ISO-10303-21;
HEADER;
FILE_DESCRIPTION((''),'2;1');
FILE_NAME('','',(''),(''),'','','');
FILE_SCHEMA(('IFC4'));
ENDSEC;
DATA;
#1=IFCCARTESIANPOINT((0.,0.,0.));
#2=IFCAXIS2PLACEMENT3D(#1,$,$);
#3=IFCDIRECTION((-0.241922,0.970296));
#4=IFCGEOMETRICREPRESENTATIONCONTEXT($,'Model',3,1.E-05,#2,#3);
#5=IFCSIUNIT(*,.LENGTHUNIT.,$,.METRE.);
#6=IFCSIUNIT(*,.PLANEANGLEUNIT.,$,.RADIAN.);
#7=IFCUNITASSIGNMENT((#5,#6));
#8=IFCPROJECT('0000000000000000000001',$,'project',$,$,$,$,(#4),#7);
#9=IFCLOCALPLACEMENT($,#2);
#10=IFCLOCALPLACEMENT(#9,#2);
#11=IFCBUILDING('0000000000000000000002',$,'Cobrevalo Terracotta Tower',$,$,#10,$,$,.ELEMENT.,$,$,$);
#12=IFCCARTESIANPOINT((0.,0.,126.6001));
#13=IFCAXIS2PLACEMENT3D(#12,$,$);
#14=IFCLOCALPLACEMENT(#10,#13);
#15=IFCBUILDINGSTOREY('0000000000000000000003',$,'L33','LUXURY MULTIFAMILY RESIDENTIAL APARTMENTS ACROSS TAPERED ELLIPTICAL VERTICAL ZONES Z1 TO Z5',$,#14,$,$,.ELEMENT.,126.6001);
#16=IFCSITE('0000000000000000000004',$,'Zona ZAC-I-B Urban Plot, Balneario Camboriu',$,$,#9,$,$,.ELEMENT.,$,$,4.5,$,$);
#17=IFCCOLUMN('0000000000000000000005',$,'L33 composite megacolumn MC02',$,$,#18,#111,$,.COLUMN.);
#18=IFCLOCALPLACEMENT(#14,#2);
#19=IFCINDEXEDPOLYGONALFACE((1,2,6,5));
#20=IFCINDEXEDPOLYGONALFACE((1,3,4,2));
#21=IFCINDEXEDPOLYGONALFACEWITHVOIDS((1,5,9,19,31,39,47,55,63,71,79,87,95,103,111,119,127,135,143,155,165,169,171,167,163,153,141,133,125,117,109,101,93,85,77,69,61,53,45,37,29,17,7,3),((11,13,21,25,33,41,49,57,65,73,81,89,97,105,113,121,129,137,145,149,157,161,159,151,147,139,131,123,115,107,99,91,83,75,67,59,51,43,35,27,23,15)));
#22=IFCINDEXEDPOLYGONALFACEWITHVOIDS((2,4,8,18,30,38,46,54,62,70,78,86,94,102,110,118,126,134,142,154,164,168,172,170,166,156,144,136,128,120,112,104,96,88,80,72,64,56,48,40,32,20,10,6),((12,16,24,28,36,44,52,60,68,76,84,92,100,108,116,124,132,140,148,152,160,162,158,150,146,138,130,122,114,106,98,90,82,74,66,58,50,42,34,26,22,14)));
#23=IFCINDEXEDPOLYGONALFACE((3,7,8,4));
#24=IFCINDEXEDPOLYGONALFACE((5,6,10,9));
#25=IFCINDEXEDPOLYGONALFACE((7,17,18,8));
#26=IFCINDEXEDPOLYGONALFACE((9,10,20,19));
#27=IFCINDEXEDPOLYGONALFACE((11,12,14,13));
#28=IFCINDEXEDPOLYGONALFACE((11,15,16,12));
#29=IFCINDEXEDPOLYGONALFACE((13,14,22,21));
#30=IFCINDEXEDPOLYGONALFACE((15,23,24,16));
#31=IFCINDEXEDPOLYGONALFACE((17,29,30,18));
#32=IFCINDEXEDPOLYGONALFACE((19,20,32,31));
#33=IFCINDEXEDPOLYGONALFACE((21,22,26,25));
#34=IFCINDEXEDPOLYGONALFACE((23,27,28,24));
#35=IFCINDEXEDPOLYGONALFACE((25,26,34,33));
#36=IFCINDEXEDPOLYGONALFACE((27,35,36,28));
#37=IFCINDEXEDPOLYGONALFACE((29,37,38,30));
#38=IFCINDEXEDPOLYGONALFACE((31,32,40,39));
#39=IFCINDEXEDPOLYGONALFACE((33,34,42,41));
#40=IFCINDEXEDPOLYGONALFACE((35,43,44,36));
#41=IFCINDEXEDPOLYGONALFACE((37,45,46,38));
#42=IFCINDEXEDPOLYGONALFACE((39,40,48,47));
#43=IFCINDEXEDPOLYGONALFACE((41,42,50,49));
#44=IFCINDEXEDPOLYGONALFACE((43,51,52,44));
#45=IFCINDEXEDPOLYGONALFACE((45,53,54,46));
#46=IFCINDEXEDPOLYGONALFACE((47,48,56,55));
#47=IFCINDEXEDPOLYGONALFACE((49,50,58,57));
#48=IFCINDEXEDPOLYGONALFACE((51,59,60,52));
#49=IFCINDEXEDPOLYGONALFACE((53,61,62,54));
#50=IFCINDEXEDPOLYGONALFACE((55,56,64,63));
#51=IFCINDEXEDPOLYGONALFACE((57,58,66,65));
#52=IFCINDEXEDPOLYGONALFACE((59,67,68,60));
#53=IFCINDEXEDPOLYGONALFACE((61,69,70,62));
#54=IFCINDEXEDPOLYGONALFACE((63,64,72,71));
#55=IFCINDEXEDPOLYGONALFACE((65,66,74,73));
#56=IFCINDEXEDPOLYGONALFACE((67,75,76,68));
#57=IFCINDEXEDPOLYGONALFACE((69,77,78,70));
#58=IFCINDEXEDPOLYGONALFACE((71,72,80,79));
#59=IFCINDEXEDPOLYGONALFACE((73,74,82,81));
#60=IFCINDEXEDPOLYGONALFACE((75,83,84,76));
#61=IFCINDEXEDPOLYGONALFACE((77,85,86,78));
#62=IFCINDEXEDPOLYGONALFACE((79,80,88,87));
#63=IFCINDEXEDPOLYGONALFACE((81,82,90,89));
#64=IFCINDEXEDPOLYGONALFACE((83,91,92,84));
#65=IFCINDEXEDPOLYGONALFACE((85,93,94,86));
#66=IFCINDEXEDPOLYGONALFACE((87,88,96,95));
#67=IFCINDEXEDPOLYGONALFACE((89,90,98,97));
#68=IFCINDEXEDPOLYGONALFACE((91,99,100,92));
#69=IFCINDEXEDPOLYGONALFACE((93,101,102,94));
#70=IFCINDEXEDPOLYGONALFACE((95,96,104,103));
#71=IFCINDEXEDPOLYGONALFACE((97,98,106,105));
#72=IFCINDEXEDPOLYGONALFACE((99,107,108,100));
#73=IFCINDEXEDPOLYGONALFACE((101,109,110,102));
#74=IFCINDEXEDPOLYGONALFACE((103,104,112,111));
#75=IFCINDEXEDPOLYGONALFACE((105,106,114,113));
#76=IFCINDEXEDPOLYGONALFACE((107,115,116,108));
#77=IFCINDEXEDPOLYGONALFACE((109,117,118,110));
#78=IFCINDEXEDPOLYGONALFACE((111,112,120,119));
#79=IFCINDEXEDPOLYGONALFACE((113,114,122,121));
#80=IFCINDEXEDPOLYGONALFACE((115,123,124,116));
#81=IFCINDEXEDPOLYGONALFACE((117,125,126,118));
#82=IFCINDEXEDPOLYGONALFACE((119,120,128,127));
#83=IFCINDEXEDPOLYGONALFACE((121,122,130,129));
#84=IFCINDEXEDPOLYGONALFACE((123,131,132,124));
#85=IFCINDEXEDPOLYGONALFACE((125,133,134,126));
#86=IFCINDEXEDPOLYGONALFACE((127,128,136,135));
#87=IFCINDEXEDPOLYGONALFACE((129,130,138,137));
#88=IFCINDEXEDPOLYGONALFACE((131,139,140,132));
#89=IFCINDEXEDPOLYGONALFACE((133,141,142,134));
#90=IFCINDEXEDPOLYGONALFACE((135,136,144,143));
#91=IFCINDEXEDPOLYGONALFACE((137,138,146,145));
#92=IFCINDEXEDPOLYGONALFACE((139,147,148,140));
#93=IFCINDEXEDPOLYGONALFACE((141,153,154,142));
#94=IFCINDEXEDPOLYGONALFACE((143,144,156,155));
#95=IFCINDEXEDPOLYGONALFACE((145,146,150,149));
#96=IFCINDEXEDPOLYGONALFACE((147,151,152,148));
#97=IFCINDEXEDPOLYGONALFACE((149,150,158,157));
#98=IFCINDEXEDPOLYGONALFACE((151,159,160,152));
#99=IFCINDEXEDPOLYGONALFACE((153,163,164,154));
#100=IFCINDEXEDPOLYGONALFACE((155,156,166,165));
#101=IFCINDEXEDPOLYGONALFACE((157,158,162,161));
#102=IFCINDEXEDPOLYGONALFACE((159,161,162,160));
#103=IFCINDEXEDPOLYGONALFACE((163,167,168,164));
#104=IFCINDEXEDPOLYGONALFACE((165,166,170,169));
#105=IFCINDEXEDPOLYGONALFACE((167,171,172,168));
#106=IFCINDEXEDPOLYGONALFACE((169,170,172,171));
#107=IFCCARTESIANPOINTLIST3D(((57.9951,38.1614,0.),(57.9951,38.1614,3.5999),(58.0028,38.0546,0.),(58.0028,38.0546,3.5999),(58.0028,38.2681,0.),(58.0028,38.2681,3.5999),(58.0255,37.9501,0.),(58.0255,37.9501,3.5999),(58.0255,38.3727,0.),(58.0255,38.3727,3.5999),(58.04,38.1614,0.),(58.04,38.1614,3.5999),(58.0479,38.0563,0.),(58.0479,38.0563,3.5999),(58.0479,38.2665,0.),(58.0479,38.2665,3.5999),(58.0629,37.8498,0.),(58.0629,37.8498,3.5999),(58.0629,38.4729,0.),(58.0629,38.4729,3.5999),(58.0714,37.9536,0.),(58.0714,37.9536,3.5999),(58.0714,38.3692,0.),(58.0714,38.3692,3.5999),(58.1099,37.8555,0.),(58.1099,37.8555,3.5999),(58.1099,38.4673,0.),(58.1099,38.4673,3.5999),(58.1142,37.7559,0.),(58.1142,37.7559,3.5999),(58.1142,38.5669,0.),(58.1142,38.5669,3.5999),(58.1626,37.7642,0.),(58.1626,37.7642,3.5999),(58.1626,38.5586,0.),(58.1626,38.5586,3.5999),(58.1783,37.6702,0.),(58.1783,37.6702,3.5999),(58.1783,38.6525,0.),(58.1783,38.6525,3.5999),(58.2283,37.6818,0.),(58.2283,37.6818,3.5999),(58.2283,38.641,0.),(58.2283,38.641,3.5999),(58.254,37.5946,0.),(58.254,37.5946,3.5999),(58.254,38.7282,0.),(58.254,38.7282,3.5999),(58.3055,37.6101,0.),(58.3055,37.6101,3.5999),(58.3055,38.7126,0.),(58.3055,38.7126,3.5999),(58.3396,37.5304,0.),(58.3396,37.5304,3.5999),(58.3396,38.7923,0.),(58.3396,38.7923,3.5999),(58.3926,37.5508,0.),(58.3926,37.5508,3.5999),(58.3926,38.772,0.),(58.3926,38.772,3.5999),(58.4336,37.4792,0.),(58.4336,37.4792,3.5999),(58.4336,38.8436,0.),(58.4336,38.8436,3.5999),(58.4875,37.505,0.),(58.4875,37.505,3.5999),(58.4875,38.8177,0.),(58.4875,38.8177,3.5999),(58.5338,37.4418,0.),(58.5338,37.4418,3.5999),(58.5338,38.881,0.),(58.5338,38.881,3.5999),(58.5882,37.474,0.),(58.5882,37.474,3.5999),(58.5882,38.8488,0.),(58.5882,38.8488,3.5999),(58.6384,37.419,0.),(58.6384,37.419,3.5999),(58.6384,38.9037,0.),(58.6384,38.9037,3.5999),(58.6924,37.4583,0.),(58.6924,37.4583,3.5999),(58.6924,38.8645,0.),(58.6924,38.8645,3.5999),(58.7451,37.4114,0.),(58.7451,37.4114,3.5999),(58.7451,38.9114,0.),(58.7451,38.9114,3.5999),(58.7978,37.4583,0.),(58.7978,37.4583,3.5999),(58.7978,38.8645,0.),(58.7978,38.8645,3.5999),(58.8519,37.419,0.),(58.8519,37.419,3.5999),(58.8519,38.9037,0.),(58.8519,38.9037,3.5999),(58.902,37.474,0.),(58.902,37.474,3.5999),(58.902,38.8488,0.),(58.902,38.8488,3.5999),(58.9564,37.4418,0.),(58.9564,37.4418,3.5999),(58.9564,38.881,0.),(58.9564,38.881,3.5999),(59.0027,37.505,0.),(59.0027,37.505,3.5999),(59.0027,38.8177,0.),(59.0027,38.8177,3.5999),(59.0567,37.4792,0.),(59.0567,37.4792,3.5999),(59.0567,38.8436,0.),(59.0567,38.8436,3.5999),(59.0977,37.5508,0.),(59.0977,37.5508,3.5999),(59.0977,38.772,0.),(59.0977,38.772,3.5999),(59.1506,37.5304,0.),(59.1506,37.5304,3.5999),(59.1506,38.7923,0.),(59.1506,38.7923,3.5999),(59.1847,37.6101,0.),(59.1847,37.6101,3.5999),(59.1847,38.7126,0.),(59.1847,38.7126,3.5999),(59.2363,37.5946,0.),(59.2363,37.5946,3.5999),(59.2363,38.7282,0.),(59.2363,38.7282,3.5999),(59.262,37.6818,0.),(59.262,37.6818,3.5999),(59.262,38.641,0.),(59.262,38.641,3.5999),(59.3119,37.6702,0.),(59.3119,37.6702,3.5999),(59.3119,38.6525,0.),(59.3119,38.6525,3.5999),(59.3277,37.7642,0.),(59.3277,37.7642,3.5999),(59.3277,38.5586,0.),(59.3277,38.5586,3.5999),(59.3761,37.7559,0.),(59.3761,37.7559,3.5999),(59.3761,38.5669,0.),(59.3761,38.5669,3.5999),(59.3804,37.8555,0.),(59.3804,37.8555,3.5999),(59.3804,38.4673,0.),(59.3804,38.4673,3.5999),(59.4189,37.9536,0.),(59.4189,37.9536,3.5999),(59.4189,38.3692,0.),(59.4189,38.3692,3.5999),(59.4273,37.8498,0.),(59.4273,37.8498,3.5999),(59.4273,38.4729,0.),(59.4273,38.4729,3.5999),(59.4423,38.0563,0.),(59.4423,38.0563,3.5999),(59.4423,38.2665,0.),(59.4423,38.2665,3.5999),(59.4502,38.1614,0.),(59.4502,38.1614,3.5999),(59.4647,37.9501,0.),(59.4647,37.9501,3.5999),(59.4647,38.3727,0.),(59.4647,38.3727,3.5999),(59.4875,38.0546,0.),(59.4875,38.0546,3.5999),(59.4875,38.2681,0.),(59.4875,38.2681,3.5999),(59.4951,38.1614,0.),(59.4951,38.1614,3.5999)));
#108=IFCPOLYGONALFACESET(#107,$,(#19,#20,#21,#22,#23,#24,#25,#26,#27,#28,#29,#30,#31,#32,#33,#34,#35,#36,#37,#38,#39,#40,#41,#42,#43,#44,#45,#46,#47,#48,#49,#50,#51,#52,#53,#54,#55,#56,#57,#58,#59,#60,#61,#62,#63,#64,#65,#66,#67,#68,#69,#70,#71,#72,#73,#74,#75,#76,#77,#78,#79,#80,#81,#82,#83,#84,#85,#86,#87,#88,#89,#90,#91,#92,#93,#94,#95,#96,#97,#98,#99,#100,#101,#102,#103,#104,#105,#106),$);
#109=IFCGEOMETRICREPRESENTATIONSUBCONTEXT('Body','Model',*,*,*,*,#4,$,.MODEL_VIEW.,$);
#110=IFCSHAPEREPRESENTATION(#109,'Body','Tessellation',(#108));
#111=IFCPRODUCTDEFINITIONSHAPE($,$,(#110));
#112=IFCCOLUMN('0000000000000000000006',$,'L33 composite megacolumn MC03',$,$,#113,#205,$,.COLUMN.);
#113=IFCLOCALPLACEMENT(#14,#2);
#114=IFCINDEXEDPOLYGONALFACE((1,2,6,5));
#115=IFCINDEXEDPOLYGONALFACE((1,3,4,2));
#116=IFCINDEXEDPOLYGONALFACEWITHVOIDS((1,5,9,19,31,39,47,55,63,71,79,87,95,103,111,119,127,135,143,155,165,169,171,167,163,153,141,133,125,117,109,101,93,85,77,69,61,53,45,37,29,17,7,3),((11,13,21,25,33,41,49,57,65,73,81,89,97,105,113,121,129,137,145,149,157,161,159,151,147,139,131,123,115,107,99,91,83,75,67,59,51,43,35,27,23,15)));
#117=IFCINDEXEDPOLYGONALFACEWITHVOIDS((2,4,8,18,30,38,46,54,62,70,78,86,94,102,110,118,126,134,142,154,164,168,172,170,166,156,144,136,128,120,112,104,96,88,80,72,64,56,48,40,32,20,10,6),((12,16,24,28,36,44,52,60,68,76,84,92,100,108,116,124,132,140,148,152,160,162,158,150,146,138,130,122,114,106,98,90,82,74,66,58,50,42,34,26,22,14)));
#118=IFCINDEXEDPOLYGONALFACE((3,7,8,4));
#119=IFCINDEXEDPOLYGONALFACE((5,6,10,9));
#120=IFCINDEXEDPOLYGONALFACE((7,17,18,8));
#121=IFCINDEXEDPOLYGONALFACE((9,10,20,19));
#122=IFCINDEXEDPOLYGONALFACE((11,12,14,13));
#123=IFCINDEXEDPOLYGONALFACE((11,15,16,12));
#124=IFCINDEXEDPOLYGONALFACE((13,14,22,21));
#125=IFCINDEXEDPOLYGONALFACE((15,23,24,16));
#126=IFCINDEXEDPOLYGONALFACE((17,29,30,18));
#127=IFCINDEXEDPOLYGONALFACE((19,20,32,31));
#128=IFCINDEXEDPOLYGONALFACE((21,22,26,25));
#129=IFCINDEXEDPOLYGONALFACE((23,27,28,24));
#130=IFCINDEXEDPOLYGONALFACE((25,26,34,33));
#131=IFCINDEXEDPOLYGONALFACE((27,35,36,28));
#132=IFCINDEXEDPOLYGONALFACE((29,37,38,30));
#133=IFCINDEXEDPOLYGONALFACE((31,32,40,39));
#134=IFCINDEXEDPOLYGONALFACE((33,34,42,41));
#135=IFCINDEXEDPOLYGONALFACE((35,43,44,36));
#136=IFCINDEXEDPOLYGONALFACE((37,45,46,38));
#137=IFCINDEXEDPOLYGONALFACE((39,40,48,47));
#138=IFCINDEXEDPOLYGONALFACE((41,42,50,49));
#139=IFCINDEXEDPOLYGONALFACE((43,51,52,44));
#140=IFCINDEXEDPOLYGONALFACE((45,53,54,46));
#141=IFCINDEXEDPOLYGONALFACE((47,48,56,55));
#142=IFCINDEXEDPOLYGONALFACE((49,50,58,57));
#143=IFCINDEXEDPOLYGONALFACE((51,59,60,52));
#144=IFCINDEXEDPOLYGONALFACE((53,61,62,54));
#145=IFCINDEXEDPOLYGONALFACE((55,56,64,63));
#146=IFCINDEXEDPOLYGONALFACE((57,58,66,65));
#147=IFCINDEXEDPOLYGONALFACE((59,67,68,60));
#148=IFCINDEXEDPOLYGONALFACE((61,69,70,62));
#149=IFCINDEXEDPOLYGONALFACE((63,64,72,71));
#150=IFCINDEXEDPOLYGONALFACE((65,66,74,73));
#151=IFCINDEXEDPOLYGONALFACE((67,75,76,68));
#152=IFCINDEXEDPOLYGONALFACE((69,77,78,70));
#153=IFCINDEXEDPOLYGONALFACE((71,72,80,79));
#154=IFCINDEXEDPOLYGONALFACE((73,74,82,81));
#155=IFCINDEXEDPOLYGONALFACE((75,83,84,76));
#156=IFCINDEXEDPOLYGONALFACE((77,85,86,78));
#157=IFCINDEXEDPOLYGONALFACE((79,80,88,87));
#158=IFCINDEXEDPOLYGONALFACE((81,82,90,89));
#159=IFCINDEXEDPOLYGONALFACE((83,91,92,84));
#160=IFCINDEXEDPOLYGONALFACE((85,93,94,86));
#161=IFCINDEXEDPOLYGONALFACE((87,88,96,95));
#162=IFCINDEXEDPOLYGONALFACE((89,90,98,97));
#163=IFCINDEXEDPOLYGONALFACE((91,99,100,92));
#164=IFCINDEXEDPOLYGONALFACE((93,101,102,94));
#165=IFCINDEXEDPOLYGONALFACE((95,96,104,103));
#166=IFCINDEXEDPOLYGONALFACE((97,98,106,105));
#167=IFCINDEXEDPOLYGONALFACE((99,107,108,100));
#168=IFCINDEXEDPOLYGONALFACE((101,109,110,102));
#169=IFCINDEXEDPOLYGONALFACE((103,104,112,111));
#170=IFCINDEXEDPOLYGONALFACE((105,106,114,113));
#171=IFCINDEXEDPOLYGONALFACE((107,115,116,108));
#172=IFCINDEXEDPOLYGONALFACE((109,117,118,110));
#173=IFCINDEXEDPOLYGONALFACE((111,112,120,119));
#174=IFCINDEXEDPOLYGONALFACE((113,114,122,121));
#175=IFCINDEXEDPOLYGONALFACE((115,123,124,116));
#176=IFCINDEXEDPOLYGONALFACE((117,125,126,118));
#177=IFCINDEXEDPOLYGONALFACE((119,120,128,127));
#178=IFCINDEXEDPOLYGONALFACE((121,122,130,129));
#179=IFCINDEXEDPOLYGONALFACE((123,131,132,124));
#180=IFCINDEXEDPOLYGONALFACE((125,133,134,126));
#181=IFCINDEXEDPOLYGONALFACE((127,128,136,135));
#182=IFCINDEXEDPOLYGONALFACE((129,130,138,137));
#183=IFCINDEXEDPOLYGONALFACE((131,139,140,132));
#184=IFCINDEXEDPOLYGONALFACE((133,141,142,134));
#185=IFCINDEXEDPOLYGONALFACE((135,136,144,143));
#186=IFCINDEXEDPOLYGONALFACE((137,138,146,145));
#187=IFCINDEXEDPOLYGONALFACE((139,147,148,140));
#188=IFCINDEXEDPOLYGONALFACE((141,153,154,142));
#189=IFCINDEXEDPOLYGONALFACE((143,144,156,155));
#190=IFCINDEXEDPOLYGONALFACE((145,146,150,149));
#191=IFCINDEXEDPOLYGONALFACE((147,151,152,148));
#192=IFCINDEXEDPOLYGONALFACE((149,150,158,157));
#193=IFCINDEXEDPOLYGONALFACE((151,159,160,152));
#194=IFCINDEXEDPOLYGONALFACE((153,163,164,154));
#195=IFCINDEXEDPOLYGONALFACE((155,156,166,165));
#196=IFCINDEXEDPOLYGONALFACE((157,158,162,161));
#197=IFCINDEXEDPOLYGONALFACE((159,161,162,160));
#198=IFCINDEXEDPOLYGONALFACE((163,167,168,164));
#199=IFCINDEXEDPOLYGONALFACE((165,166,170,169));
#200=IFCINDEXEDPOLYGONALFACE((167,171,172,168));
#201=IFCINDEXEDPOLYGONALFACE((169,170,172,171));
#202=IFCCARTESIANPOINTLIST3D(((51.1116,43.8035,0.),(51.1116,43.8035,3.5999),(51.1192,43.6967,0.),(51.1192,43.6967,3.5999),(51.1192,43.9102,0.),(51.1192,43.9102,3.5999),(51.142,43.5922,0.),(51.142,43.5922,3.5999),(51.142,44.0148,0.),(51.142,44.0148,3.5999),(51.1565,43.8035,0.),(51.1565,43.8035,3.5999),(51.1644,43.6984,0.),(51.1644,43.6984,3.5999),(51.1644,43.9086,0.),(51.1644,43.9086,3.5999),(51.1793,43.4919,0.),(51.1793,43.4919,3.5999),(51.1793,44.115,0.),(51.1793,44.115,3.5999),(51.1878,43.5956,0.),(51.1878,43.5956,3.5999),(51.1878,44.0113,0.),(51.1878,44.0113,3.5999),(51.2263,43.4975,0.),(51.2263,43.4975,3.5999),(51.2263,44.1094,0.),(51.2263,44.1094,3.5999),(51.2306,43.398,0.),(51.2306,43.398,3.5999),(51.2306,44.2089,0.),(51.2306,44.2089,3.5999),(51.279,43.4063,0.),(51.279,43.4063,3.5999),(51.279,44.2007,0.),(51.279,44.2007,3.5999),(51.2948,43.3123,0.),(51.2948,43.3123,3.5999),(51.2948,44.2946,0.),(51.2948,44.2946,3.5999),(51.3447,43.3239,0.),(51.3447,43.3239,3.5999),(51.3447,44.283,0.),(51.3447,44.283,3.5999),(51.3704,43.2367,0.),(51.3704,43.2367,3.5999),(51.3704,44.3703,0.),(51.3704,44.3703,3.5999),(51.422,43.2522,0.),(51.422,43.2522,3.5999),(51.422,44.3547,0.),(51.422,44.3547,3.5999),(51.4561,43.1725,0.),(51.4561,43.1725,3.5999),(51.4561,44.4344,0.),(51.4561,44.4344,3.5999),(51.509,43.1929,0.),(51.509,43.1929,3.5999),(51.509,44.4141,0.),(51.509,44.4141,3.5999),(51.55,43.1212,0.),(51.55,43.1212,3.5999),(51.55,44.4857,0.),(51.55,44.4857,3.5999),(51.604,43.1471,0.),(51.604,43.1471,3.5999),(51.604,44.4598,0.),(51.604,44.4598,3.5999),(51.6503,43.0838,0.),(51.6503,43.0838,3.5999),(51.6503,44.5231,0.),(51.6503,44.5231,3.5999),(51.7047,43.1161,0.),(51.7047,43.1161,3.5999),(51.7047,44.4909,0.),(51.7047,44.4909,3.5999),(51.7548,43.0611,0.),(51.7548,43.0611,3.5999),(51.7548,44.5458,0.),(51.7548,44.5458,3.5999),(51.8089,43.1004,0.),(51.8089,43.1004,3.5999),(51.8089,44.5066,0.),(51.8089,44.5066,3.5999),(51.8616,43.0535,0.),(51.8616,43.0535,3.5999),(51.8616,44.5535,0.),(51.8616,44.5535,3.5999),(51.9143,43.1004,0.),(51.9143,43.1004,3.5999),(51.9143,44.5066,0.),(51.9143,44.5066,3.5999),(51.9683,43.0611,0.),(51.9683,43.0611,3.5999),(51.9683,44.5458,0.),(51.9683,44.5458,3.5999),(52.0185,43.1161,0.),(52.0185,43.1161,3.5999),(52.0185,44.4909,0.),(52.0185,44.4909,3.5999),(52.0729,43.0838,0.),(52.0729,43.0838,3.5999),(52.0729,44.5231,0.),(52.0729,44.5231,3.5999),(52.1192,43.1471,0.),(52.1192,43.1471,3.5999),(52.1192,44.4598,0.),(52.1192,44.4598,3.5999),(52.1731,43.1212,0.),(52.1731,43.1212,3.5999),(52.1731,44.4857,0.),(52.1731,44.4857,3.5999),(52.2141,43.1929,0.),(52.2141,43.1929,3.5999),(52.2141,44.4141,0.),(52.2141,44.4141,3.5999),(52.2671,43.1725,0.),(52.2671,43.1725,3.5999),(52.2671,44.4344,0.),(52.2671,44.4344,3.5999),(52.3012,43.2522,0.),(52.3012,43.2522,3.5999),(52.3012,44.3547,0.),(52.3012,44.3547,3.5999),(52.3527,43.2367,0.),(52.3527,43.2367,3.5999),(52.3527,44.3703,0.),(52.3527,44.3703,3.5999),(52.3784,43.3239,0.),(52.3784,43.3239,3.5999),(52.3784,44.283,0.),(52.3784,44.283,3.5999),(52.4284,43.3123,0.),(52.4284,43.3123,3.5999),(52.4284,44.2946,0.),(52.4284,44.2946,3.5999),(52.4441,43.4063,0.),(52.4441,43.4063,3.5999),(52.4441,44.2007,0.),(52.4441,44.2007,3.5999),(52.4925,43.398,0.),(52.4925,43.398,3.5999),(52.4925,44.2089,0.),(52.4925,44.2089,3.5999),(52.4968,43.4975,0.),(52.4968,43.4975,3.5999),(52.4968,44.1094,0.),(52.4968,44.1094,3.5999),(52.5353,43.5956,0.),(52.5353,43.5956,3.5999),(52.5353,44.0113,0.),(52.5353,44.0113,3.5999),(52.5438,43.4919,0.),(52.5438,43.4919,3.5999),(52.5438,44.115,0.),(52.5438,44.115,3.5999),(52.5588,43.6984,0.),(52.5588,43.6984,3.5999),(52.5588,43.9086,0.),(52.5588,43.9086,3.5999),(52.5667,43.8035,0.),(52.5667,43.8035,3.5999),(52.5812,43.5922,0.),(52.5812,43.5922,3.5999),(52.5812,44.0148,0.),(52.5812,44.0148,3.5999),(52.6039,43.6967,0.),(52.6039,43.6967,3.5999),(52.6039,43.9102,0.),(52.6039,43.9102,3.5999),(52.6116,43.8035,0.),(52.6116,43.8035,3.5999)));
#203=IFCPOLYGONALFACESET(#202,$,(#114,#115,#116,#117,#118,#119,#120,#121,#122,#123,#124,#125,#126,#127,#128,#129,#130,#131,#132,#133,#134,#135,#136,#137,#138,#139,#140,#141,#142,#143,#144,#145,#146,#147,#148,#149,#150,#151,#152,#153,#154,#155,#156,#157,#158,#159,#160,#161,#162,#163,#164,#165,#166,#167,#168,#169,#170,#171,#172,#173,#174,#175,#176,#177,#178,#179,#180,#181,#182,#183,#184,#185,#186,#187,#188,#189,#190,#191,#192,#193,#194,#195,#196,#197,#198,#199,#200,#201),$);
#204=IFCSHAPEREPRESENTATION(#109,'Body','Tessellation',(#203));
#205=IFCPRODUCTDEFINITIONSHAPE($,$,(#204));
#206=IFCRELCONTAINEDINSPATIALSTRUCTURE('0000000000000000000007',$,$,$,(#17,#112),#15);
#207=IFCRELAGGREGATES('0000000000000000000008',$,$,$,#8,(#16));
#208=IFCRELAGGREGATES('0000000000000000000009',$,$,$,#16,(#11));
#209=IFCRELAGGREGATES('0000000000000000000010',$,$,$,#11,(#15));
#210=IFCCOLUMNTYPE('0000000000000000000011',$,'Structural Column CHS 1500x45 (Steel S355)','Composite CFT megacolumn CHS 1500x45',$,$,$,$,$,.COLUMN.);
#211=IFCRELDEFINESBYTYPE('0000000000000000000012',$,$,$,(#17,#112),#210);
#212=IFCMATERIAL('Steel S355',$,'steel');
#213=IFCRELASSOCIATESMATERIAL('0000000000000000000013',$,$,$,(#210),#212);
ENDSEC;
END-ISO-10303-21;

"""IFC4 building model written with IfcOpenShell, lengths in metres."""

from ifc_helpers import new_model, si_unit, direction, frame, origin, origin_2d, place, context, subcontext, project, spatial, hollow_circle, extrude, material, material_profile, profile_set, type_object, element, save


model = new_model("IFC4")

# Units and contexts
model_context = context("Model", 3, precision=1e-05, world=origin(), true_north=direction((-0.241922, 0.970296)))
body_context = subcontext(model_context, "Body", "Model", "MODEL_VIEW")
ifc_project = project(units=[si_unit("LENGTHUNIT", "METRE"), si_unit("PLANEANGLEUNIT", "RADIAN")], contexts=[model_context])

# Site, building, storey
site_placement = place(None, origin())
site = spatial("IfcSite", under=ifc_project, at=site_placement, Name="Zona ZAC-I-B Urban Plot, Balneario Camboriu", CompositionType="ELEMENT", RefElevation=4.5)
building_placement = place(site_placement, origin())
building = spatial("IfcBuilding", under=site, at=building_placement, Name="Cobrevalo Terracotta Tower", CompositionType="ELEMENT")
storey_placement = place(building_placement, frame((0.0, 0.0, 126.6001)))
storey = spatial("IfcBuildingStorey", under=building, at=storey_placement, Name="L33", Description="LUXURY MULTIFAMILY RESIDENTIAL APARTMENTS ACROSS TAPERED ELLIPTICAL VERTICAL ZONES Z1 TO Z5", CompositionType="ELEMENT", Elevation=126.6001)

# Columns
ifc_material_1 = material(Name="Steel S355", Category="steel")
ifc_material_profile_1 = material_profile(ifc_material_1, hollow_circle(Radius=0.75, WallThickness=0.0449, at=origin_2d()), Name="CHS 1500x45")
ifc_profile_set_1 = profile_set([ifc_material_profile_1], Name="Steel S355")
column_type = type_object("IfcColumnType", Name="Structural Column CHS 1500x45 (Steel S355)", Description="Composite CFT megacolumn CHS 1500x45", PredefinedType="COLUMN", material=ifc_profile_set_1)
for number, where, z_axis, x_axis, name in (
    (1, (58.7451, 38.1614, 0.0), (0.0, 0.0, 1.0), (1.0, 0.0, 0.0), "L33 composite megacolumn MC02"),
    (2, (51.8616, 43.8035, 0.0), (0.0, 0.0, 1.0), (1.0, 0.0, 0.0), "L33 composite megacolumn MC03"),
):
    element("IfcColumn", number, at=place(storey_placement, frame(where, z_axis=z_axis, x_axis=x_axis)), inside=storey, type_object=column_type, Name=name, PredefinedType="COLUMN", context=body_context, shape_type="SweptSolid", body=[
        extrude(hollow_circle(Radius=0.75, WallThickness=0.0449, at=origin_2d()), origin(), (0.0, 0.0, 1.0), 3.5999),
    ])

save(model, "model.ifc")
